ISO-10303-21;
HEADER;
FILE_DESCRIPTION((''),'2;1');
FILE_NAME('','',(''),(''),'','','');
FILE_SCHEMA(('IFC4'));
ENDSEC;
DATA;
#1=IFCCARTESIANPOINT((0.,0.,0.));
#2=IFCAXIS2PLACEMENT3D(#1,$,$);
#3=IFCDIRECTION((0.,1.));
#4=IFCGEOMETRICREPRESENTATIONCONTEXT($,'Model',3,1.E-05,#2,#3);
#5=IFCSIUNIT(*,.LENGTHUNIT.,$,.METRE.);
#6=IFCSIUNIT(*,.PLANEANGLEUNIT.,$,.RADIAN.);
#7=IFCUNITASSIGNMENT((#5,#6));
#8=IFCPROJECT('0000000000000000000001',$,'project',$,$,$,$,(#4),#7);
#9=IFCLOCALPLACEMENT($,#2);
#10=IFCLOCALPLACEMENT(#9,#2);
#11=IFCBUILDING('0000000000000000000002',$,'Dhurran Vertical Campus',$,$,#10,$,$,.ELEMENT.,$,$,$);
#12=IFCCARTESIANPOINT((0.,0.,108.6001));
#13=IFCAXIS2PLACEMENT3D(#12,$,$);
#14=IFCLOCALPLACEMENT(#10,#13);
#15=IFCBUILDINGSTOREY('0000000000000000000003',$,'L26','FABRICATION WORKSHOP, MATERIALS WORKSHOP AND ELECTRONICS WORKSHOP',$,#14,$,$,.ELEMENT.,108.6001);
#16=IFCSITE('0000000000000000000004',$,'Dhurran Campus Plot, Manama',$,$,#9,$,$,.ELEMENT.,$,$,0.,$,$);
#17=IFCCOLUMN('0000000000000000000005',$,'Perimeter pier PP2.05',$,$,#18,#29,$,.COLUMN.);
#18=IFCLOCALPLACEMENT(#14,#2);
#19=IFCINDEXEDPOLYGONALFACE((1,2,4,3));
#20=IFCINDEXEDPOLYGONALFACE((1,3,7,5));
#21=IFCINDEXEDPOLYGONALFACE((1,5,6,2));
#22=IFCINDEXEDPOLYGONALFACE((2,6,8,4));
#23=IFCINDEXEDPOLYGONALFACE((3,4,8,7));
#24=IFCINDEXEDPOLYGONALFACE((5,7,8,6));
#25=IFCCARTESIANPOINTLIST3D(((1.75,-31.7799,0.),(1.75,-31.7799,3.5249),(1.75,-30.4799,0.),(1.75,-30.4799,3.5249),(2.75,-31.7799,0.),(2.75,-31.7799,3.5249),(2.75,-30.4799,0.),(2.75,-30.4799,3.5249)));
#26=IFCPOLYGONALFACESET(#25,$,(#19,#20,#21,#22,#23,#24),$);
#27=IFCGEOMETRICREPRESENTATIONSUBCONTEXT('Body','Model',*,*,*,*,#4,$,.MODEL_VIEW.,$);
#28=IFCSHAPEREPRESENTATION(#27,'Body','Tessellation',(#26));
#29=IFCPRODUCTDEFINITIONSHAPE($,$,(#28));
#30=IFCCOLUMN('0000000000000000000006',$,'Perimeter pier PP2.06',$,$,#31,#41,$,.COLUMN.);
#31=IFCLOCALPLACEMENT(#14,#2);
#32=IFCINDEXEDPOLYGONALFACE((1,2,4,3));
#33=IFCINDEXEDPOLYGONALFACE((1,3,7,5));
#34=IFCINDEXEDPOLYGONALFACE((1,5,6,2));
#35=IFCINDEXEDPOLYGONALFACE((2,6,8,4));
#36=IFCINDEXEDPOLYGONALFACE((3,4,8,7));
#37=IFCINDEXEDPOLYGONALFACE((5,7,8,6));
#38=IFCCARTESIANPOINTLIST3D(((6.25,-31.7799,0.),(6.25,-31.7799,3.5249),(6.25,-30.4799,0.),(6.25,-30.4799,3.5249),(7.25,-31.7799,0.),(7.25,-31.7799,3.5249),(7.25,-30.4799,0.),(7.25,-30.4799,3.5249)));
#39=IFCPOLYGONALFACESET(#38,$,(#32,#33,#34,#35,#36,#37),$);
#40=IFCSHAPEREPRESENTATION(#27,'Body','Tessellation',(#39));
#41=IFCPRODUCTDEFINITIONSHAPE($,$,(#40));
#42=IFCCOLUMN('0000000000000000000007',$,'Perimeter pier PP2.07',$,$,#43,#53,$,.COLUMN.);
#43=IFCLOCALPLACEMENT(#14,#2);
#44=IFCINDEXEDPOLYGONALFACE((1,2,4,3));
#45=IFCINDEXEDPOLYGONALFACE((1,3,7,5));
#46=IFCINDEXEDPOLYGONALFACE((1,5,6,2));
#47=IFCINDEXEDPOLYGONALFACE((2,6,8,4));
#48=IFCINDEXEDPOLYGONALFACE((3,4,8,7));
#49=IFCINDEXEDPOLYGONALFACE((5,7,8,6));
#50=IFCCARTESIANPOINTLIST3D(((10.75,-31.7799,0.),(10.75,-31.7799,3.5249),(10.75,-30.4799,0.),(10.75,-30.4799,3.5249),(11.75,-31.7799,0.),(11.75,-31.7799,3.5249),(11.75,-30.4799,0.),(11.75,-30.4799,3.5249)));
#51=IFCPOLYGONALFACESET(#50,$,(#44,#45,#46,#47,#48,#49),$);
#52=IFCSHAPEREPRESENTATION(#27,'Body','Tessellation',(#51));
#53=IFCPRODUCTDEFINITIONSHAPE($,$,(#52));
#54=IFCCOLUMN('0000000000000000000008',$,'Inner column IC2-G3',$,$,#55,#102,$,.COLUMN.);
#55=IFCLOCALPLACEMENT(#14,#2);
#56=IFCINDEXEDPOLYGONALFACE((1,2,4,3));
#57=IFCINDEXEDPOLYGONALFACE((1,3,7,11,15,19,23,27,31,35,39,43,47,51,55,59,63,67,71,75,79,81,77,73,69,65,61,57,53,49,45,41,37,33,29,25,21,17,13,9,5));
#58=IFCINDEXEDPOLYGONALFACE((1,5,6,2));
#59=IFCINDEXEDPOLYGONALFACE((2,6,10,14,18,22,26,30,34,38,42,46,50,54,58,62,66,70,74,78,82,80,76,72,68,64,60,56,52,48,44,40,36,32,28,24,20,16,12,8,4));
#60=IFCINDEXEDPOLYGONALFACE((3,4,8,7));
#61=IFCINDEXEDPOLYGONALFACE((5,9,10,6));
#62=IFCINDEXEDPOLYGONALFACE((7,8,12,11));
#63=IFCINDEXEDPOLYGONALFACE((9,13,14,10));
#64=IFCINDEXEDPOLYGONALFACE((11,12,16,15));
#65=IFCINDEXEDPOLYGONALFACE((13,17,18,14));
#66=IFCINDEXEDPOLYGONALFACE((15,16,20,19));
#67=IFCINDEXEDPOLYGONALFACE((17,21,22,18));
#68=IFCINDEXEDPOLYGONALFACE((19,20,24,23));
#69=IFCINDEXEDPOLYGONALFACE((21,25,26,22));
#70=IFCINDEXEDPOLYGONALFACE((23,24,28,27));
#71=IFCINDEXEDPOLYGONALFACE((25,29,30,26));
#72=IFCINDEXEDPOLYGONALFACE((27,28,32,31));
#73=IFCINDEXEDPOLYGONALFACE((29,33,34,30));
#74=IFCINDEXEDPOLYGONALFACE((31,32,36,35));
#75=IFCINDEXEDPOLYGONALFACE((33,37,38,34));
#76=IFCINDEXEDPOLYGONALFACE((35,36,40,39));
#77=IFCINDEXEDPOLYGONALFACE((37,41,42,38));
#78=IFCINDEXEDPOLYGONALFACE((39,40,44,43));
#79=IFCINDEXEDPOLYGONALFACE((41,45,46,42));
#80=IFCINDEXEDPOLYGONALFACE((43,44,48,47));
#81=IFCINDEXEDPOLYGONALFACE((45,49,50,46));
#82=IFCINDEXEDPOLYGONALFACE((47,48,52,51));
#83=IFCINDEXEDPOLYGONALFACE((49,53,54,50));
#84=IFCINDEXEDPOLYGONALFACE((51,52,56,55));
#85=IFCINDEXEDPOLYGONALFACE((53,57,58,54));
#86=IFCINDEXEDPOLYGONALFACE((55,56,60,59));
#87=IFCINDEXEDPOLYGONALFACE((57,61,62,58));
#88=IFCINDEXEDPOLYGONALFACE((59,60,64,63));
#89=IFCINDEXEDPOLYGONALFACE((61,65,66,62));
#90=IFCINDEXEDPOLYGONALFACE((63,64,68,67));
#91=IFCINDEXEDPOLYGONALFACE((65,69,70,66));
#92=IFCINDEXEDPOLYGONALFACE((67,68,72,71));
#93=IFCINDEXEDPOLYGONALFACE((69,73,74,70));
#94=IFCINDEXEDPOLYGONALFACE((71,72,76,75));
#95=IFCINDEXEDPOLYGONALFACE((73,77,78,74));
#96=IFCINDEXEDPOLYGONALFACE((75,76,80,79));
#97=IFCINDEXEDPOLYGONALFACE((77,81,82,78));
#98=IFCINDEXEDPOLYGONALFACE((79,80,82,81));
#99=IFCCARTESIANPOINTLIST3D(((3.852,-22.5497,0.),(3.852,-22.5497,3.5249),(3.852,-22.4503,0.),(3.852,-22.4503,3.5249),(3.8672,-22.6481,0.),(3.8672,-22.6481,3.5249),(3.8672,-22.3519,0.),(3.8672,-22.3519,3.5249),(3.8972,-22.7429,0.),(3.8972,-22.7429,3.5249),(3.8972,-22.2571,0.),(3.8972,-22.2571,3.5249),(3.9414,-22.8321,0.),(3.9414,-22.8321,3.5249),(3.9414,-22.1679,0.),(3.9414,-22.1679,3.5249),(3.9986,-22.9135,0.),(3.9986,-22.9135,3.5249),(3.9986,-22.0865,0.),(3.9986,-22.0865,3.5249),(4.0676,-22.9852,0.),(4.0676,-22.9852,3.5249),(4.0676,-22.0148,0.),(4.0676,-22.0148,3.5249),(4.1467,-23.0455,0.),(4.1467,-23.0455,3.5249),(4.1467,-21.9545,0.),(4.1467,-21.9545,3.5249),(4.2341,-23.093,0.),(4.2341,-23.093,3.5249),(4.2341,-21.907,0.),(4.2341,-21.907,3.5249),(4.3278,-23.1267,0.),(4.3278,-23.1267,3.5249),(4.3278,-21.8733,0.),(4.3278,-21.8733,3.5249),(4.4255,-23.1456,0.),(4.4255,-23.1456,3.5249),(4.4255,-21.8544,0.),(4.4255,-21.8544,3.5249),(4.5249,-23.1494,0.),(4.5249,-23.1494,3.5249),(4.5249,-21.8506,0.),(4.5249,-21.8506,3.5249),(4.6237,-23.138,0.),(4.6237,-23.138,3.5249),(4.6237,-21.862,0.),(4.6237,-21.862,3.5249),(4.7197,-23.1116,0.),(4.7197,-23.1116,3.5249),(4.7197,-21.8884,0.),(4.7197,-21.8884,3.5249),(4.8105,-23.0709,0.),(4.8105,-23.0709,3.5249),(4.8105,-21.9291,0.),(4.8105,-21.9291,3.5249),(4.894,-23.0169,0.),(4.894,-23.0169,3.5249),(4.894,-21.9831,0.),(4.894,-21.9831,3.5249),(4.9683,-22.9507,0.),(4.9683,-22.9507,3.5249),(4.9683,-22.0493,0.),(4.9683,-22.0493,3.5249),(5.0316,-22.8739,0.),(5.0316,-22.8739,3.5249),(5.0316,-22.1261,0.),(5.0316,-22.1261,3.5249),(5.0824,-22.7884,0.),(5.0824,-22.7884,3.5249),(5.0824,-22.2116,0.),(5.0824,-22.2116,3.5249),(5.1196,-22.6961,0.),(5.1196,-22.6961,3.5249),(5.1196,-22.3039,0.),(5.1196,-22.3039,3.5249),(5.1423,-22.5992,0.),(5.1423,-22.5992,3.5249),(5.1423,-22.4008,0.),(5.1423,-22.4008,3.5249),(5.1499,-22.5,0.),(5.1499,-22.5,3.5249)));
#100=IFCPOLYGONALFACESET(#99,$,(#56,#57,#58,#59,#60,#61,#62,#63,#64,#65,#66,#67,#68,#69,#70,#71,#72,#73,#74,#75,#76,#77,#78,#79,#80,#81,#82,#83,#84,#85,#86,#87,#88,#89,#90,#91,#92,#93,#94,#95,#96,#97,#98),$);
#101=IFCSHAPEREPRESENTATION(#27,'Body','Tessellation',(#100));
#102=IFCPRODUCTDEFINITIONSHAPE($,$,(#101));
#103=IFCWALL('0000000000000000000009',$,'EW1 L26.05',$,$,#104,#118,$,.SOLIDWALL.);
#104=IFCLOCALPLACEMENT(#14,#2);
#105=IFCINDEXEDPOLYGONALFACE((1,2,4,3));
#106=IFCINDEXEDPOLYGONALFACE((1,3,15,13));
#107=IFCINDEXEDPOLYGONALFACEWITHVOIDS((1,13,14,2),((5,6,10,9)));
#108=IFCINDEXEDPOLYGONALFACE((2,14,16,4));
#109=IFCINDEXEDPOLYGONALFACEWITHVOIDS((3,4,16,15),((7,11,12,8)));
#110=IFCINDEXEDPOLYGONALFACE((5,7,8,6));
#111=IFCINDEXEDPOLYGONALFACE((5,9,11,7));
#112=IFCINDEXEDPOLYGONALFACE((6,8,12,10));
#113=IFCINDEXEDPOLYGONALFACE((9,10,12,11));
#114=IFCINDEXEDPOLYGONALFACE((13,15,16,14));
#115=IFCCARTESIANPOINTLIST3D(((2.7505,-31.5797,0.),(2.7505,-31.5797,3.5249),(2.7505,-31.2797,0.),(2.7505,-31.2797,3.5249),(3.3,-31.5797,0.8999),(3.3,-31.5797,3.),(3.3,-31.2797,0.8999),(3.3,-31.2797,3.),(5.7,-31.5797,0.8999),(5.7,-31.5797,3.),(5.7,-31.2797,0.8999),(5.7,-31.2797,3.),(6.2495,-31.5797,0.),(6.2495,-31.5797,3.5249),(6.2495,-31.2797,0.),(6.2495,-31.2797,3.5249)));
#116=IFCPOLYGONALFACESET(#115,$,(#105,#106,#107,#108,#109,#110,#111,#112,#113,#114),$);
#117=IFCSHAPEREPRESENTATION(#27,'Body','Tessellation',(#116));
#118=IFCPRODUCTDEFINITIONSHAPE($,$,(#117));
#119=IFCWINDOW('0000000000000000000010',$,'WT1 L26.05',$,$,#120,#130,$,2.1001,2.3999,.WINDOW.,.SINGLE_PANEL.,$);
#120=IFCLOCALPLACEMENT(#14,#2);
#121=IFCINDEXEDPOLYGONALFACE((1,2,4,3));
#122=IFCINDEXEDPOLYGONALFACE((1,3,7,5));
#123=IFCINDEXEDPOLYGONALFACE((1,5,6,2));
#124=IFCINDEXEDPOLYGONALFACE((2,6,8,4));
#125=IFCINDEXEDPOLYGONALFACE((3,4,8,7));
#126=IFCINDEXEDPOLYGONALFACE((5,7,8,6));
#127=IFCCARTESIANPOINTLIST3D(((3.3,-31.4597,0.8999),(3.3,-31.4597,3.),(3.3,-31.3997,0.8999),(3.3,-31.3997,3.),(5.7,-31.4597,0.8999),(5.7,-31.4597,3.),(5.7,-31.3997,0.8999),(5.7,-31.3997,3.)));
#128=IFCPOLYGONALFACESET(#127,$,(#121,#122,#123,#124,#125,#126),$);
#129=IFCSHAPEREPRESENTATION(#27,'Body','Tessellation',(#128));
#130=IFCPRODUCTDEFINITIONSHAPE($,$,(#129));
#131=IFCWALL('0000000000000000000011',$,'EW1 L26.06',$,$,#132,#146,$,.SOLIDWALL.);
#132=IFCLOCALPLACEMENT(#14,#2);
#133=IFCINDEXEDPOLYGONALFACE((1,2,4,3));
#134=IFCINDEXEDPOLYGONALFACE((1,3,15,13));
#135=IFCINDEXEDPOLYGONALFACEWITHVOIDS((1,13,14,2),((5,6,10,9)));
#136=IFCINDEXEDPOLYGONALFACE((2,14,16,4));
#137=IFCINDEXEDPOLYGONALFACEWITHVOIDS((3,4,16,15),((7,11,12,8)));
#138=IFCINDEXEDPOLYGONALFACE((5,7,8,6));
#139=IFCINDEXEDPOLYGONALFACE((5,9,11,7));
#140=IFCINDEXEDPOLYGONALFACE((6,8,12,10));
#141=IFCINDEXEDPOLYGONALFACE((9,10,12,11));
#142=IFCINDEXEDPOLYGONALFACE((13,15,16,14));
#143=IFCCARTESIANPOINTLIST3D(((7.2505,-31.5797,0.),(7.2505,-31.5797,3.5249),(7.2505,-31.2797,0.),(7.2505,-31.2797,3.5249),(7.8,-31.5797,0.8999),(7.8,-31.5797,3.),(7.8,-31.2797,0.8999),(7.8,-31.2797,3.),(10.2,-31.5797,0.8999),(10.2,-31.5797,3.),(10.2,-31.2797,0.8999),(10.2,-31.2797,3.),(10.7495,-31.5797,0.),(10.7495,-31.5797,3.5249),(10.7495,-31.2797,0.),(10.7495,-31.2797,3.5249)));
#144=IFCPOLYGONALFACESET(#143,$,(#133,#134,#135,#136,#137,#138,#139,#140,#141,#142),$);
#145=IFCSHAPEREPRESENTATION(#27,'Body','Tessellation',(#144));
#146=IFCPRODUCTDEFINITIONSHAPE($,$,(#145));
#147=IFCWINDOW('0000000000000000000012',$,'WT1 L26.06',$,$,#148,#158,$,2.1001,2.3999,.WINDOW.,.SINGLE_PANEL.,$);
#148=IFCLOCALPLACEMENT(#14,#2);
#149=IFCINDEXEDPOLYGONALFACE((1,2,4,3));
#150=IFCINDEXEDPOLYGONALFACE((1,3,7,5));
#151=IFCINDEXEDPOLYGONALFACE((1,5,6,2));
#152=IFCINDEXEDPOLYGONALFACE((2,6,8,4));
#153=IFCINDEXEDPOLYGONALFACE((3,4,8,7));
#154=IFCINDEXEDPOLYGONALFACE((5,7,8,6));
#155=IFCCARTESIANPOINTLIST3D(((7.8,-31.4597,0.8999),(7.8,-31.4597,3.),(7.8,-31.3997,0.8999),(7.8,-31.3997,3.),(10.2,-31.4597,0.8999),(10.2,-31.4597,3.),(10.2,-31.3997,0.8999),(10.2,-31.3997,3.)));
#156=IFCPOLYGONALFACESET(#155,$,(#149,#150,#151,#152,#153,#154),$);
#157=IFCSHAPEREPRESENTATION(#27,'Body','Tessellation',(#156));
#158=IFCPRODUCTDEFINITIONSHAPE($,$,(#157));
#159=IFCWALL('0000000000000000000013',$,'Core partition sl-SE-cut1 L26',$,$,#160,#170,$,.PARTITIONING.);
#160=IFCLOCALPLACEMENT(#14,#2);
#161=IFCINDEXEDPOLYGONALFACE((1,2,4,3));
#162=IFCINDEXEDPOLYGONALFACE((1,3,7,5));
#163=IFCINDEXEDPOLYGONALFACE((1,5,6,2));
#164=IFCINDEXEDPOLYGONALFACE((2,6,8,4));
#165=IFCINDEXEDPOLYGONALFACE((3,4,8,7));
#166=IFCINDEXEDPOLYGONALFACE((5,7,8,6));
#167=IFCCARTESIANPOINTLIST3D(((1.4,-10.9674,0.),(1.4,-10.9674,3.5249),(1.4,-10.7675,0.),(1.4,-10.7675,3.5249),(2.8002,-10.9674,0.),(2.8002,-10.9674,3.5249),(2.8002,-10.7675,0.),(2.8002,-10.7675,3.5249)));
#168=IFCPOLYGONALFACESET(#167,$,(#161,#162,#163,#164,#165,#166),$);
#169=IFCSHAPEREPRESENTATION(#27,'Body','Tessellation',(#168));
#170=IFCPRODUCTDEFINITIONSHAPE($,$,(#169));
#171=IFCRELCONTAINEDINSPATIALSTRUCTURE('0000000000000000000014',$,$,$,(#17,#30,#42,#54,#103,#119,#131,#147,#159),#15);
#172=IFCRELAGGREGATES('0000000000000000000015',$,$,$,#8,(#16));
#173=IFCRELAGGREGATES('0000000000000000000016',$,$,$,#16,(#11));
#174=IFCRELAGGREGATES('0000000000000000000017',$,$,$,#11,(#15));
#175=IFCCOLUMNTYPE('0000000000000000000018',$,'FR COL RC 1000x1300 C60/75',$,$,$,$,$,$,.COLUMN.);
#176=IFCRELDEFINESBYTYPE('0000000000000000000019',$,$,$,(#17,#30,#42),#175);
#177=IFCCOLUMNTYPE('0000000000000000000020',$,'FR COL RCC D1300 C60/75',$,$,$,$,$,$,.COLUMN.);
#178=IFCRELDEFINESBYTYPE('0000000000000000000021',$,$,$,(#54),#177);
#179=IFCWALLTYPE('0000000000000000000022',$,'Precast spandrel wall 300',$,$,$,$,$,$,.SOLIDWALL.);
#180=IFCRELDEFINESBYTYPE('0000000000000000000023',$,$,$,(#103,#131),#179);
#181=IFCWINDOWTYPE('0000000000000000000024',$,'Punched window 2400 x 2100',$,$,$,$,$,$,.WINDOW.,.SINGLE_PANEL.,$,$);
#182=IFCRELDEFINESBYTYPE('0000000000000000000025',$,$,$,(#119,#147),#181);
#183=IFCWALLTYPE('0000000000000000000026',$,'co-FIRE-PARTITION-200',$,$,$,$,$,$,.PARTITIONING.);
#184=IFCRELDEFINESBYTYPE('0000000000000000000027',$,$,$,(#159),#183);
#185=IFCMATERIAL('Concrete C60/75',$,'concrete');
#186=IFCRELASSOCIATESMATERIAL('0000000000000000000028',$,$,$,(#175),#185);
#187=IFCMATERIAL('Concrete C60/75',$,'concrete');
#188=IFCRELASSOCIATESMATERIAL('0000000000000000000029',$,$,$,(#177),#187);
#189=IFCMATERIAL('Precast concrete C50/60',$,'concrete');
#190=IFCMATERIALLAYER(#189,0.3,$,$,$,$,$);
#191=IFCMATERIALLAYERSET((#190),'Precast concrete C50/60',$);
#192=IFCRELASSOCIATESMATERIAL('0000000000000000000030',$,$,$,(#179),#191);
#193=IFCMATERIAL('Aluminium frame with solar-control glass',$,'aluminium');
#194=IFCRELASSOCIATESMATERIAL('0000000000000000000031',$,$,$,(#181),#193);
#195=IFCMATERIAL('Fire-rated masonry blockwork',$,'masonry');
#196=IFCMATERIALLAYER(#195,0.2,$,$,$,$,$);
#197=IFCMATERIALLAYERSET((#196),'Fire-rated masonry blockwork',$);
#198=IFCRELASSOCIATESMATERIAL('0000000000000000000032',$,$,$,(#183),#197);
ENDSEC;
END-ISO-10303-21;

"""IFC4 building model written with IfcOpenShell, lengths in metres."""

from ifc_helpers import new_model, si_unit, direction, frame, frame_2d, origin, origin_2d, place, context, subcontext, project, spatial, rectangle, circle, extrude, material, layer, layer_set, material_profile, profile_set, type_object, element, fill, save


model = new_model("IFC4")

# Units and contexts
model_context = context("Model", 3, precision=1e-05, world=origin(), true_north=direction((0.0, 1.0)))
body_context = subcontext(model_context, "Body", "Model", "MODEL_VIEW")
ifc_project = project(units=[si_unit("LENGTHUNIT", "METRE"), si_unit("PLANEANGLEUNIT", "RADIAN")], contexts=[model_context])

# Site, building, storey
site_placement = place(None, origin())
site = spatial("IfcSite", under=ifc_project, at=site_placement, Name="Dhurran Campus Plot, Manama", CompositionType="ELEMENT", RefElevation=0.0)
building_placement = place(site_placement, origin())
building = spatial("IfcBuilding", under=site, at=building_placement, Name="Dhurran Vertical Campus", CompositionType="ELEMENT")
storey_placement = place(building_placement, frame((0.0, 0.0, 108.6001)))
storey = spatial("IfcBuildingStorey", under=building, at=storey_placement, Name="L26", Description="FABRICATION WORKSHOP, MATERIALS WORKSHOP AND ELECTRONICS WORKSHOP", CompositionType="ELEMENT", Elevation=108.6001)

# Columns
ifc_material_1 = material(Name="Concrete C60/75", Category="concrete")
ifc_material_profile_1 = material_profile(ifc_material_1, rectangle(XDim=1.0, YDim=1.3, at=origin_2d()), Name="RC 1000x1300")
ifc_profile_set_1 = profile_set([ifc_material_profile_1], Name="Concrete C60/75")
column_type_1 = type_object("IfcColumnType", Name="FR COL RC 1000x1300 C60/75", PredefinedType="COLUMN", material=ifc_profile_set_1)
for number, where, z_axis, x_axis, name in (
    (1, (2.25, -31.1299, 0.0), (0.0, 0.0, 1.0), (1.0, 0.0, 0.0), "Perimeter pier PP2.05"),
    (2, (6.75, -31.1299, 0.0), (0.0, 0.0, 1.0), (1.0, 0.0, 0.0), "Perimeter pier PP2.06"),
    (3, (11.25, -31.1299, 0.0), (0.0, 0.0, 1.0), (1.0, 0.0, 0.0), "Perimeter pier PP2.07"),
):
    element("IfcColumn", number, at=place(storey_placement, frame(where, z_axis=z_axis, x_axis=x_axis)), inside=storey, type_object=column_type_1, Name=name, PredefinedType="COLUMN", context=body_context, shape_type="SweptSolid", body=[
        extrude(rectangle(XDim=1.0, YDim=1.3, at=origin_2d()), origin(), (0.0, 0.0, 1.0), 3.5249),
    ])
ifc_material_2 = material(Name="Concrete C60/75", Category="concrete")
ifc_material_profile_2 = material_profile(ifc_material_2, circle(Radius=0.6499, at=origin_2d()), Name="RCC D1300")
ifc_profile_set_2 = profile_set([ifc_material_profile_2], Name="Concrete C60/75")
column_type_2 = type_object("IfcColumnType", Name="FR COL RCC D1300 C60/75", PredefinedType="COLUMN", material=ifc_profile_set_2)
column_placement = place(storey_placement, frame((4.5, -22.5, 0.0), z_axis=(0.0, 0.0, 1.0), x_axis=(1.0, 0.0, 0.0)))
element("IfcColumn", 4, at=column_placement, inside=storey, type_object=column_type_2, Name="Inner column IC2-G3", PredefinedType="COLUMN", context=body_context, shape_type="SweptSolid", body=[
    extrude(circle(Radius=0.6499, at=origin_2d()), origin(), (0.0, 0.0, 1.0), 3.5249),
])

# Walls, openings, windows
ifc_material_3 = material(Name="Precast concrete C50/60", Category="concrete")
ifc_layer_1 = layer(ifc_material_3, 0.3)
ifc_layer_set_1 = layer_set([ifc_layer_1], Name="Precast concrete C50/60")
wall_type_1 = type_object("IfcWallType", Name="Precast spandrel wall 300", PredefinedType="SOLIDWALL", material=ifc_layer_set_1)
wall_1_placement = place(storey_placement, frame((2.7505, -31.4297, 0.0), z_axis=(0.0, 0.0, 1.0), x_axis=(1.0, 0.0, 0.0)))
wall_1 = element("IfcWall", 5, at=wall_1_placement, inside=storey, type_object=wall_type_1, Name="EW1 L26.05", PredefinedType="SOLIDWALL", context=body_context, shape_type="SweptSolid", body=[
    extrude(rectangle(XDim=3.499, YDim=0.3, at=frame_2d((1.7495, 0.0))), origin(), (0.0, 0.0, 1.0), 3.5249),
])
opening_1_placement = place(wall_1_placement, frame((0.5496, 0.0, 0.8999)))
opening_1 = element("IfcOpeningElement", 6, at=opening_1_placement, cuts=wall_1, PredefinedType="OPENING", context=body_context, shape_type="SweptSolid", body=[
    extrude(rectangle(XDim=2.3999, YDim=2.1001, at=frame_2d((1.2, 1.05))), frame((0.0, 0.1599, 0.0), z_axis=(0.0, -1.0, 0.0), x_axis=(1.0, 0.0, 0.0)), (0.0, 0.0, 1.0), 0.3201),
])
ifc_material_4 = material(Name="Aluminium frame with solar-control glass", Category="aluminium")
window_type = type_object("IfcWindowType", Name="Punched window 2400 x 2100", PartitioningType="SINGLE_PANEL", PredefinedType="WINDOW", material=ifc_material_4)
window_1_placement = place(opening_1_placement, origin())
window_1 = element("IfcWindow", 7, at=window_1_placement, inside=storey, type_object=window_type, Name="WT1 L26.05", OverallHeight=2.1001, OverallWidth=2.3999, PartitioningType="SINGLE_PANEL", PredefinedType="WINDOW", context=body_context, shape_type="SweptSolid", body=[
    extrude(rectangle(XDim=2.3999, YDim=2.1001, at=frame_2d((1.2, 1.05))), frame((0.0, 0.03, 0.0), z_axis=(0.0, -1.0, 0.0), x_axis=(1.0, 0.0, 0.0)), (0.0, 0.0, 1.0), 0.0601),
])
fill(opening_1, window_1)
wall_2_placement = place(storey_placement, frame((7.2505, -31.4297, 0.0), z_axis=(0.0, 0.0, 1.0), x_axis=(1.0, 0.0, 0.0)))
wall_2 = element("IfcWall", 8, at=wall_2_placement, inside=storey, type_object=wall_type_1, Name="EW1 L26.06", PredefinedType="SOLIDWALL", context=body_context, shape_type="SweptSolid", body=[
    extrude(rectangle(XDim=3.499, YDim=0.3, at=frame_2d((1.7495, 0.0))), origin(), (0.0, 0.0, 1.0), 3.5249),
])
opening_2_placement = place(wall_2_placement, frame((0.5496, 0.0, 0.8999)))
opening_2 = element("IfcOpeningElement", 9, at=opening_2_placement, cuts=wall_2, PredefinedType="OPENING", context=body_context, shape_type="SweptSolid", body=[
    extrude(rectangle(XDim=2.3999, YDim=2.1001, at=frame_2d((1.2, 1.05))), frame((0.0, 0.1599, 0.0), z_axis=(0.0, -1.0, 0.0), x_axis=(1.0, 0.0, 0.0)), (0.0, 0.0, 1.0), 0.3201),
])
window_2_placement = place(opening_2_placement, origin())
window_2 = element("IfcWindow", 10, at=window_2_placement, inside=storey, type_object=window_type, Name="WT1 L26.06", OverallHeight=2.1001, OverallWidth=2.3999, PartitioningType="SINGLE_PANEL", PredefinedType="WINDOW", context=body_context, shape_type="SweptSolid", body=[
    extrude(rectangle(XDim=2.3999, YDim=2.1001, at=frame_2d((1.2, 1.05))), frame((0.0, 0.03, 0.0), z_axis=(0.0, -1.0, 0.0), x_axis=(1.0, 0.0, 0.0)), (0.0, 0.0, 1.0), 0.0601),
])
fill(opening_2, window_2)

# Wall
ifc_material_5 = material(Name="Fire-rated masonry blockwork", Category="masonry")
ifc_layer_2 = layer(ifc_material_5, 0.2)
ifc_layer_set_2 = layer_set([ifc_layer_2], Name="Fire-rated masonry blockwork")
wall_type_2 = type_object("IfcWallType", Name="co-FIRE-PARTITION-200", PredefinedType="PARTITIONING", material=ifc_layer_set_2)
wall_3_placement = place(storey_placement, frame((1.3999, -10.8674, 0.0), z_axis=(0.0, 0.0, 1.0), x_axis=(1.0, 0.0, 0.0)))
element("IfcWall", 11, at=wall_3_placement, inside=storey, type_object=wall_type_2, Name="Core partition sl-SE-cut1 L26", PredefinedType="PARTITIONING", context=body_context, shape_type="SweptSolid", body=[
    extrude(rectangle(XDim=1.4001, YDim=0.2, at=frame_2d((0.7002, 0.0))), origin(), (0.0, 0.0, 1.0), 3.5249),
])

save(model, "model.ifc")
